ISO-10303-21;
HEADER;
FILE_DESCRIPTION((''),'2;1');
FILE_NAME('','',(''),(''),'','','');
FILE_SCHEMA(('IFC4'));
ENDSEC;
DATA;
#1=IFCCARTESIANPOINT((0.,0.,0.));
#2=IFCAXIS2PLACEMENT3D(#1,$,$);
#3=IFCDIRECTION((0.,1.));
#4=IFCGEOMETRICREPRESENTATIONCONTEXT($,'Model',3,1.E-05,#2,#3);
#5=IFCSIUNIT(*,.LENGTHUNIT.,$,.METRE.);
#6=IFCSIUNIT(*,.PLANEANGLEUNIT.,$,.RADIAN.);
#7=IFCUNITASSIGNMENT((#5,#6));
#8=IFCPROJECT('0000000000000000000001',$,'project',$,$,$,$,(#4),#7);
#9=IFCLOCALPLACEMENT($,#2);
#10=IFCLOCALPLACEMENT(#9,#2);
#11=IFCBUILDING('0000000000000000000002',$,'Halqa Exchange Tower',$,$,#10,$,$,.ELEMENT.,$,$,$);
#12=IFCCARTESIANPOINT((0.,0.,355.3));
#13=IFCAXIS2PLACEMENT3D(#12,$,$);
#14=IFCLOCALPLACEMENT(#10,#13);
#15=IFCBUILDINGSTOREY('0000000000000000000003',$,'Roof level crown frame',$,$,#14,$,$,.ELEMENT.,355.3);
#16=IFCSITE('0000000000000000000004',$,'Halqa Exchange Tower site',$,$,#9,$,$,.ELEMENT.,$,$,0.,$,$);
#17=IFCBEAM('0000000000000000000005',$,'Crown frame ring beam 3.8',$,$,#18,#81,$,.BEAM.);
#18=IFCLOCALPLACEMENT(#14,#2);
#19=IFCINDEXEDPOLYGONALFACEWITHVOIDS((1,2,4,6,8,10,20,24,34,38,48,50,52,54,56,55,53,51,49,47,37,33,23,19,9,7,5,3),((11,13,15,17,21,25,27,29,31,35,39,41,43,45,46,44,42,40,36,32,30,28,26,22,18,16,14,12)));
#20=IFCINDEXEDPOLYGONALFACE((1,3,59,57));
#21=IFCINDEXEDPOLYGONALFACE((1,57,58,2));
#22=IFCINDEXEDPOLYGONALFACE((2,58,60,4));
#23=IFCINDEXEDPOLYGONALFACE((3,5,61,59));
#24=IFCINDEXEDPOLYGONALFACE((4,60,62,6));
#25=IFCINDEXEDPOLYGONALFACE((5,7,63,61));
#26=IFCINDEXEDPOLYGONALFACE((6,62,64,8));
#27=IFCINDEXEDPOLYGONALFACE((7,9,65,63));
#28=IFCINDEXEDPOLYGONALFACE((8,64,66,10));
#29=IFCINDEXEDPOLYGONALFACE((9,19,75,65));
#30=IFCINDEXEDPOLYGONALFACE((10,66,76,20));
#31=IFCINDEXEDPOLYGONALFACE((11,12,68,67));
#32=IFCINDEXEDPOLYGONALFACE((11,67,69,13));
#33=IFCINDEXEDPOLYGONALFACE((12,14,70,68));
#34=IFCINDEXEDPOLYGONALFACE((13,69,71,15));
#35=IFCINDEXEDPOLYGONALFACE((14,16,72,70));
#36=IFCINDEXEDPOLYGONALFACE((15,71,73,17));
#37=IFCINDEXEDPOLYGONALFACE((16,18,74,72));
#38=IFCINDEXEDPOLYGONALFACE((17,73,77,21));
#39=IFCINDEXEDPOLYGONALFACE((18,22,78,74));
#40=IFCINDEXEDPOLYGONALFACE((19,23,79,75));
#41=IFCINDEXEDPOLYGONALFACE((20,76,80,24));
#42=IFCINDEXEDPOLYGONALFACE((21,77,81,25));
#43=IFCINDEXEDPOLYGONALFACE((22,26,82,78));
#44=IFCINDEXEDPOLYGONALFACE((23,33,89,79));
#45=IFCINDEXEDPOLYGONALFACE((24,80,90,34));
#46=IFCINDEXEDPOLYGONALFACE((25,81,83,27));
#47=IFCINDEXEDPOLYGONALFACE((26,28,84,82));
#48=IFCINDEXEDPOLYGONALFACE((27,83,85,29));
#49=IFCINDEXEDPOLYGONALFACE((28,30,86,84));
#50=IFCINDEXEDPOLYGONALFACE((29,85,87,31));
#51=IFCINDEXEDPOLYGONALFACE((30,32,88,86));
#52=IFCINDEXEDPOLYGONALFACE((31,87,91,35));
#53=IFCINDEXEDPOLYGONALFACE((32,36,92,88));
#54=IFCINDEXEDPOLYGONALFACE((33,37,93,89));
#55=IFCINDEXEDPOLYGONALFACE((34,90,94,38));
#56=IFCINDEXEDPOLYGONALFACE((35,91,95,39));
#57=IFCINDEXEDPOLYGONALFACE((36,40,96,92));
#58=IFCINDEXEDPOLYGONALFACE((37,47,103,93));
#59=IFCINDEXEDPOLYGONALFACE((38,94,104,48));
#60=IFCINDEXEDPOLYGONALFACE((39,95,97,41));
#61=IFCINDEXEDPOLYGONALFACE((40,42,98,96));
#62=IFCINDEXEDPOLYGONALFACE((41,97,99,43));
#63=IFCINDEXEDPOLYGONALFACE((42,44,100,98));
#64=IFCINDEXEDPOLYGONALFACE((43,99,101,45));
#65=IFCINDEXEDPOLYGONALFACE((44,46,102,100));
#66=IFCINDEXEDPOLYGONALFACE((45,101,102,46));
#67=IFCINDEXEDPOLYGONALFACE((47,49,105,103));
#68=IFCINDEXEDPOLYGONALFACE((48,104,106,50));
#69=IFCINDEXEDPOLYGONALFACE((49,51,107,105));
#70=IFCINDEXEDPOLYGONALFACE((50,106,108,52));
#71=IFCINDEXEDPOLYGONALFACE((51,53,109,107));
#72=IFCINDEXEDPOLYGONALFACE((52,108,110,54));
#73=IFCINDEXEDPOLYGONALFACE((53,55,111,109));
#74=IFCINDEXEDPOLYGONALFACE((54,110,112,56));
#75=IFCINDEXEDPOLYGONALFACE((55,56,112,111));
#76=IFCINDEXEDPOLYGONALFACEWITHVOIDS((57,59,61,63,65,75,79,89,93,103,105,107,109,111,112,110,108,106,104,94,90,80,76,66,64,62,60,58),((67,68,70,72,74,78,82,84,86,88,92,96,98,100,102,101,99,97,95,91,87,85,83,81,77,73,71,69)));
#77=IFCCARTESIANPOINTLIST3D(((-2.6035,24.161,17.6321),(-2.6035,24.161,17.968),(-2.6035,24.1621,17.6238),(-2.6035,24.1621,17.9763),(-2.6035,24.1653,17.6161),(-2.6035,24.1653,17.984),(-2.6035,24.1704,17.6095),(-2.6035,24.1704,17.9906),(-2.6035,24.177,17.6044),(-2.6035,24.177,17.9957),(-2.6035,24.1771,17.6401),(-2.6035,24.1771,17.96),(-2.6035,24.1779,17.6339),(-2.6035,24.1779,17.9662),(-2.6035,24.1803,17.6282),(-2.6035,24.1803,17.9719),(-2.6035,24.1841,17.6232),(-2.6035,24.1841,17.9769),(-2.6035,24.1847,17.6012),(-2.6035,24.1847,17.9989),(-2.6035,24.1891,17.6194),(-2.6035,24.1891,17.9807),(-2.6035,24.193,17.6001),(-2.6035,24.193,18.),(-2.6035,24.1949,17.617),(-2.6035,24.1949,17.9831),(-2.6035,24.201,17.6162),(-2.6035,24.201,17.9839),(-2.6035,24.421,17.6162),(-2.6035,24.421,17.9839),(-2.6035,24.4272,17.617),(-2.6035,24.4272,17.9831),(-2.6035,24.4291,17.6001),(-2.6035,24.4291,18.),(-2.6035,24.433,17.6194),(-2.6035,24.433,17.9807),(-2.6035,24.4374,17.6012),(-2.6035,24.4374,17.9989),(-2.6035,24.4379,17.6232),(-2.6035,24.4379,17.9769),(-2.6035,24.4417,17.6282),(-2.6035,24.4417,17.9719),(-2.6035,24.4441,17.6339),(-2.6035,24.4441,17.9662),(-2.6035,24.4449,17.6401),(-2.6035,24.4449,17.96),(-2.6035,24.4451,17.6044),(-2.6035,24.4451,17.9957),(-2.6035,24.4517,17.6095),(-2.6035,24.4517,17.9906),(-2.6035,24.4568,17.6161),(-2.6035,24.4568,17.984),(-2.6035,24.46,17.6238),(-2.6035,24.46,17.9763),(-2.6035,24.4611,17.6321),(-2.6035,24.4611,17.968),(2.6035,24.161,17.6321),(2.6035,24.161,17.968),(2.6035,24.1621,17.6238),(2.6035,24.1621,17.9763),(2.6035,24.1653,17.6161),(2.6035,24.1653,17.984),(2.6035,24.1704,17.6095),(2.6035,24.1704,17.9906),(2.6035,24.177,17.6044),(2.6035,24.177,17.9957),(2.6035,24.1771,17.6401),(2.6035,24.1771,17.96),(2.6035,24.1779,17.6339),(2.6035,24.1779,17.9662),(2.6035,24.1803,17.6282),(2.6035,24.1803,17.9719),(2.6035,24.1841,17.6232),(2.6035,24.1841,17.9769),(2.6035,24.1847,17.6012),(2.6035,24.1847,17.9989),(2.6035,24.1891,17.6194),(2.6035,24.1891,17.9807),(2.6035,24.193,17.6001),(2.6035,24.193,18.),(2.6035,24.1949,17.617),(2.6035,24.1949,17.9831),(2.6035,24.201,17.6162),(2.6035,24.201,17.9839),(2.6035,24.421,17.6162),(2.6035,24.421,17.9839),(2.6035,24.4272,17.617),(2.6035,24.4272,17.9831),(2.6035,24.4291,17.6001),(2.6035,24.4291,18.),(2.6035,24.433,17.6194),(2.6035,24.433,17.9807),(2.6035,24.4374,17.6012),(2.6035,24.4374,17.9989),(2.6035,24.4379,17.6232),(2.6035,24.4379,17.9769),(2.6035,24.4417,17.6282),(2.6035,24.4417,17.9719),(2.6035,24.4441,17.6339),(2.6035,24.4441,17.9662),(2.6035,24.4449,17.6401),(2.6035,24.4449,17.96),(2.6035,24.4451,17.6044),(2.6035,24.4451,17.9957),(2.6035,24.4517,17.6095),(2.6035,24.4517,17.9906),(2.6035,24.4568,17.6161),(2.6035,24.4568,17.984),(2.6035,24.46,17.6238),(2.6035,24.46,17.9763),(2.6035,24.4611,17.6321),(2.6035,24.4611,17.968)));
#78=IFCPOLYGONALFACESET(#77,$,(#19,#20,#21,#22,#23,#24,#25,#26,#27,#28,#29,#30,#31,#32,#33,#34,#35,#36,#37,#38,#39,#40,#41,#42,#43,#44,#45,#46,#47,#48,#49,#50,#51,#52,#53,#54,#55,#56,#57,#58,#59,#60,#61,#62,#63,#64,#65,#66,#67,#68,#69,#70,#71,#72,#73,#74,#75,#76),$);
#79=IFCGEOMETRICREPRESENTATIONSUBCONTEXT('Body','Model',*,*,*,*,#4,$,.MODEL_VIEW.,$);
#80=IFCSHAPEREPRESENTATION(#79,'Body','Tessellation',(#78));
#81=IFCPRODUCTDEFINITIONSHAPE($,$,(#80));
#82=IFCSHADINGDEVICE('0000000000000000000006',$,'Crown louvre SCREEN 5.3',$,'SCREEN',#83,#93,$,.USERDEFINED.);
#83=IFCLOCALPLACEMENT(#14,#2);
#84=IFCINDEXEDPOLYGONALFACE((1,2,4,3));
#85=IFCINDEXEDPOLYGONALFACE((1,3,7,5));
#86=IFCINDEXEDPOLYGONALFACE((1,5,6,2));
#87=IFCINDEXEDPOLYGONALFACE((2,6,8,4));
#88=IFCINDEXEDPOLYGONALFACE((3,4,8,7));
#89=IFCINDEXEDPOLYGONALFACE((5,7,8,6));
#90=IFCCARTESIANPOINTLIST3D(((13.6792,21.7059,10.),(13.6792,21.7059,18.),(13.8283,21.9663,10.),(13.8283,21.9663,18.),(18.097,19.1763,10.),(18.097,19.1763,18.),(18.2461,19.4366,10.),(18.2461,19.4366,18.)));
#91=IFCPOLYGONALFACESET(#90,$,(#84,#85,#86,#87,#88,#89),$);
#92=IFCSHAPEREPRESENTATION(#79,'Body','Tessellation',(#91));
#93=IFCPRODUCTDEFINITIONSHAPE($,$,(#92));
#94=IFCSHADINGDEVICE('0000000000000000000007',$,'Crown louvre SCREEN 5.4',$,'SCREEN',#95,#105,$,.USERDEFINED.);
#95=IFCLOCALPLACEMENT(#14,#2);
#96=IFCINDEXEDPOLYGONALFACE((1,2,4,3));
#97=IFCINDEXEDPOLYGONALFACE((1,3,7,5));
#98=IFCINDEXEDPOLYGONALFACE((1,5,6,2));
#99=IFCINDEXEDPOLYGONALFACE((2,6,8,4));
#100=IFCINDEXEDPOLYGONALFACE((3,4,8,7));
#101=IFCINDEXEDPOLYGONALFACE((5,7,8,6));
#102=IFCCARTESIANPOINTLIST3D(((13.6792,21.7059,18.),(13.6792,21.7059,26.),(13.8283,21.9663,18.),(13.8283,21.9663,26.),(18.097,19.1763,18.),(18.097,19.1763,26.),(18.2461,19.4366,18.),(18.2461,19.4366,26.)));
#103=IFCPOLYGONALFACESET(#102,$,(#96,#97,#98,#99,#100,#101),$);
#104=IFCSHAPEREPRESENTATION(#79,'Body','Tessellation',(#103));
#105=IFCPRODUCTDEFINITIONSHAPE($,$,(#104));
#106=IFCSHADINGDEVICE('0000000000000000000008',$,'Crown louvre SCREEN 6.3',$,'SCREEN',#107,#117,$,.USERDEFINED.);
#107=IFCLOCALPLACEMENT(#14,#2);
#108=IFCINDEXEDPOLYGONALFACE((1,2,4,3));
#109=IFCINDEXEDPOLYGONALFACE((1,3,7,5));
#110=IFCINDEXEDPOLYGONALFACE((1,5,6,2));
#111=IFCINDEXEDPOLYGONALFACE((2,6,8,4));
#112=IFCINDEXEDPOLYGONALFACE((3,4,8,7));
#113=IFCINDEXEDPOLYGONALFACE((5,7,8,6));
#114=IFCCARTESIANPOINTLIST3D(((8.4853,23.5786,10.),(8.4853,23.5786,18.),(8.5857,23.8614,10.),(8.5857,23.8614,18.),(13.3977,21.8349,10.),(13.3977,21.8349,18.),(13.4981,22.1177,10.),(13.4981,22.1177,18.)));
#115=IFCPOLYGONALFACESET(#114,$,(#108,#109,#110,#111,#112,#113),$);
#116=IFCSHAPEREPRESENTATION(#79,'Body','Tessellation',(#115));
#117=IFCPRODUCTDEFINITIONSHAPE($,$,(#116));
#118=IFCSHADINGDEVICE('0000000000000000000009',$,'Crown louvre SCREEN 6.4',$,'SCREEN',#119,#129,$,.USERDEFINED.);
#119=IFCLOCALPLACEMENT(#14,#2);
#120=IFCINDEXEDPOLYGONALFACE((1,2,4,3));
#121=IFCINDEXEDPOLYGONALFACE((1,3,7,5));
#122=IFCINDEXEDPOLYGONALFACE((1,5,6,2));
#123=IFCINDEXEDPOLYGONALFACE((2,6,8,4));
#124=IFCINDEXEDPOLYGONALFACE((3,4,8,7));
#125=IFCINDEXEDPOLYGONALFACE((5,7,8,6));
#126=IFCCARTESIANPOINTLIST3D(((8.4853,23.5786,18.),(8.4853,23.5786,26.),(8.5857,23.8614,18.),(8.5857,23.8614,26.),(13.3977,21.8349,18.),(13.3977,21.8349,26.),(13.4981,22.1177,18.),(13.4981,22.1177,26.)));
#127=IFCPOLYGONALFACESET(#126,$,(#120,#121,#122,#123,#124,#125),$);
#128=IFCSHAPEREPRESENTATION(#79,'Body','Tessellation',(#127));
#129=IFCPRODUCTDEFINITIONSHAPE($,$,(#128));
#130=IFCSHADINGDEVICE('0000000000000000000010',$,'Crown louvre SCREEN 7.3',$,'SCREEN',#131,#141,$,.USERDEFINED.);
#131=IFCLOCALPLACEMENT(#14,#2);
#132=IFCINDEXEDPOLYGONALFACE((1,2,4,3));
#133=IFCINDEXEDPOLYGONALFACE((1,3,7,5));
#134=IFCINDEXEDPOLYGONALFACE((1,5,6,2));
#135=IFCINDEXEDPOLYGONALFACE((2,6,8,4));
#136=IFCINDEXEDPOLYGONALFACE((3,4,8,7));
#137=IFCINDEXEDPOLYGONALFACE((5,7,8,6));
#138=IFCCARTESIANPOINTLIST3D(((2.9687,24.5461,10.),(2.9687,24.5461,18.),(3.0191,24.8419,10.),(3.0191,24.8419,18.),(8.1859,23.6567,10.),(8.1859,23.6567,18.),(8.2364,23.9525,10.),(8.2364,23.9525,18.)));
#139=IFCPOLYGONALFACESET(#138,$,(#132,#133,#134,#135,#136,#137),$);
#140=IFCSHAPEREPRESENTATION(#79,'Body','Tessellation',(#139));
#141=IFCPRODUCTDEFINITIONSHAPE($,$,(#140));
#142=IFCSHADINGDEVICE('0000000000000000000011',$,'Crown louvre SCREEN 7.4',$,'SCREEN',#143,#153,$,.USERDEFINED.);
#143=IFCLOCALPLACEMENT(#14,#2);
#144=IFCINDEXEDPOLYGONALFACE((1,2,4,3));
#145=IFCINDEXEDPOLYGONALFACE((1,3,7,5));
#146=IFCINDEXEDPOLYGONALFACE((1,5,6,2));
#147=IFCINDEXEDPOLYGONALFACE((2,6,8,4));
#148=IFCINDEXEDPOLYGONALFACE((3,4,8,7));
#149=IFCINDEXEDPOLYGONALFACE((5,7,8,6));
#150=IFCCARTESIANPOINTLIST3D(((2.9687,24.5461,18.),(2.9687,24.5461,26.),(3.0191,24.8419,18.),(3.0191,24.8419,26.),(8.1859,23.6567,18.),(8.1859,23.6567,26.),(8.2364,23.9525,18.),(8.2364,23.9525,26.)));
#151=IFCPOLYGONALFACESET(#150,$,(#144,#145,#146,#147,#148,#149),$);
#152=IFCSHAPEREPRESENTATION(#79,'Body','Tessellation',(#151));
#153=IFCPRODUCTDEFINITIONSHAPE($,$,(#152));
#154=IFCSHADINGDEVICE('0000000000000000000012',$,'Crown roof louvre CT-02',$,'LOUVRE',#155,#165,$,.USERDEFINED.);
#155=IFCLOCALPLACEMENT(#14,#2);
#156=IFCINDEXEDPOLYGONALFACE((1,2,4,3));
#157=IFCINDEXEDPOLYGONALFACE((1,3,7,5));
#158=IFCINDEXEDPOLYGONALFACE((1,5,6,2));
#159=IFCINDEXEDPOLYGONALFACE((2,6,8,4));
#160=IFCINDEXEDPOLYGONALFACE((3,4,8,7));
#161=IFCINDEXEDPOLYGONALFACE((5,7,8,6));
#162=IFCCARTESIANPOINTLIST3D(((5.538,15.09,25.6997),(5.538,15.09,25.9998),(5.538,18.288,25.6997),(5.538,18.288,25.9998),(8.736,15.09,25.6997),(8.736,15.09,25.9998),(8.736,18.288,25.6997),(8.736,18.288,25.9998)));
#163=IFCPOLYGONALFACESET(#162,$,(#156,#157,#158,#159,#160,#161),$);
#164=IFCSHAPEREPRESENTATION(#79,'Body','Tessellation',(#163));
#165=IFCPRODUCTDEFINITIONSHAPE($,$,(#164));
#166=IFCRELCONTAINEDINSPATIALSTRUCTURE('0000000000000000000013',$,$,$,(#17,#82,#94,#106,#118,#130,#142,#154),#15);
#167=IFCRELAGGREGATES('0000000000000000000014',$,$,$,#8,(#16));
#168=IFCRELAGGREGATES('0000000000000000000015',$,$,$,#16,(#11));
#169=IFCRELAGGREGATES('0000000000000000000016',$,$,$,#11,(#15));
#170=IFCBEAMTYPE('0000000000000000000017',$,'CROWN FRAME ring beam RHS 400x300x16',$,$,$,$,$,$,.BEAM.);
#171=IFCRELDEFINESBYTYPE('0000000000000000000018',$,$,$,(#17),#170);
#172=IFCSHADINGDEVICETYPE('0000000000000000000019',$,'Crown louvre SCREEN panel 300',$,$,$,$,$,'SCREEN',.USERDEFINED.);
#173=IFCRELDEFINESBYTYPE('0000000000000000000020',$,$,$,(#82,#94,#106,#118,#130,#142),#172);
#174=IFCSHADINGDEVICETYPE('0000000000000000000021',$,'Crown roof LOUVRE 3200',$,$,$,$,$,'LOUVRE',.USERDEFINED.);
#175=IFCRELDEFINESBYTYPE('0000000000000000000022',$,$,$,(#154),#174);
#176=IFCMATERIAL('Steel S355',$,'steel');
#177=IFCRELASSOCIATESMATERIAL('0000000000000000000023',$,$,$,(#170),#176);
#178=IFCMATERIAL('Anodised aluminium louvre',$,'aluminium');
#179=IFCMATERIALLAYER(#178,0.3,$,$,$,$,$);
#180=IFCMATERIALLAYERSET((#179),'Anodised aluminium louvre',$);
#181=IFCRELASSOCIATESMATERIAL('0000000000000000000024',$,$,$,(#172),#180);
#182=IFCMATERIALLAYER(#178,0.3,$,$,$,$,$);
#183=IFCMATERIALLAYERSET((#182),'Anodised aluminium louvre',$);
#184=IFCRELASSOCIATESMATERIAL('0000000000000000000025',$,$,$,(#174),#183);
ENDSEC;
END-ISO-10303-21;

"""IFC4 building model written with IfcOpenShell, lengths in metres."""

from ifc_helpers import new_model, si_unit, direction, frame, origin, origin_2d, place, context, subcontext, project, spatial, rectangle, hollow_rectangle, extrude, material, layer, layer_set, material_profile, profile_set, type_object, element, save


model = new_model("IFC4")

# Units and contexts
model_context = context("Model", 3, precision=1e-05, world=origin(), true_north=direction((0.0, 1.0)))
body_context = subcontext(model_context, "Body", "Model", "MODEL_VIEW")
ifc_project = project(units=[si_unit("LENGTHUNIT", "METRE"), si_unit("PLANEANGLEUNIT", "RADIAN")], contexts=[model_context])

# Site, building, storey
site_placement = place(None, origin())
site = spatial("IfcSite", under=ifc_project, at=site_placement, Name="Halqa Exchange Tower site", CompositionType="ELEMENT", RefElevation=0.0)
building_placement = place(site_placement, origin())
building = spatial("IfcBuilding", under=site, at=building_placement, Name="Halqa Exchange Tower", CompositionType="ELEMENT")
storey_placement = place(building_placement, frame((0.0, 0.0, 355.3)))
storey = spatial("IfcBuildingStorey", under=building, at=storey_placement, Name="Roof level crown frame", CompositionType="ELEMENT", Elevation=355.3)

# Shared definitions
ifc_material_1 = material(Name="Steel S355", Category="steel")

# Beam
ifc_material_profile_1 = material_profile(ifc_material_1, hollow_rectangle(XDim=0.3, YDim=0.3999, WallThickness=0.0161, InnerFilletRadius=0.0239, OuterFilletRadius=0.032, at=origin_2d()), Name="RHS 400x300x16")
ifc_profile_set_1 = profile_set([ifc_material_profile_1], Name="Steel S355")
beam_type_1 = type_object("IfcBeamType", Name="CROWN FRAME ring beam RHS 400x300x16", PredefinedType="BEAM", material=ifc_profile_set_1)
beam_1_placement = place(storey_placement, frame((2.6035, 24.311, 17.8), z_axis=(-1.0, 0.0, 0.0), x_axis=(0.0, -1.0, 0.0)))
element("IfcBeam", 1, at=beam_1_placement, inside=storey, type_object=beam_type_1, Name="Crown frame ring beam 3.8", PredefinedType="BEAM", context=body_context, shape_type="SweptSolid", body=[
    extrude(hollow_rectangle(XDim=0.3, YDim=0.3999, WallThickness=0.0161, InnerFilletRadius=0.0239, OuterFilletRadius=0.032, at=origin_2d()), origin(), (0.0, 0.0, 1.0), 5.207),
])

# Shading devices
ifc_material_2 = material(Name="Anodised aluminium louvre", Category="aluminium")
ifc_layer_1 = layer(ifc_material_2, 0.3)
ifc_layer_set_1 = layer_set([ifc_layer_1], Name="Anodised aluminium louvre")
shading_device_type_1 = type_object("IfcShadingDeviceType", Name="Crown louvre SCREEN panel 300", ElementType="SCREEN", PredefinedType="USERDEFINED", material=ifc_layer_set_1)
for number, where, z_axis, x_axis, name in (
    (2, (15.9626, 20.5713, 10.0), (0.0, 0.0, 1.0), (-0.867804, 0.496907, 0.0), "Crown louvre SCREEN 5.3"),
    (3, (15.9626, 20.5713, 18.0), (0.0, 0.0, 1.0), (-0.867804, 0.496907, 0.0), "Crown louvre SCREEN 5.4"),
):
    element("IfcShadingDevice", number, at=place(storey_placement, frame(where, z_axis=z_axis, x_axis=x_axis)), inside=storey, type_object=shading_device_type_1, Name=name, ObjectType="SCREEN", PredefinedType="USERDEFINED", context=body_context, shape_type="SweptSolid", body=[
        extrude(rectangle(XDim=5.0908, YDim=0.3, at=origin_2d()), origin(), (0.0, 0.0, 1.0), 8.0),
    ])
for number, where, z_axis, x_axis, name in (
    (4, (10.9917, 22.8481, 10.0), (0.0, 0.0, 1.0), (-0.942388, 0.334522, 0.0), "Crown louvre SCREEN 6.3"),
    (5, (10.9917, 22.8481, 18.0), (0.0, 0.0, 1.0), (-0.942388, 0.334522, 0.0), "Crown louvre SCREEN 6.4"),
):
    element("IfcShadingDevice", number, at=place(storey_placement, frame(where, z_axis=z_axis, x_axis=x_axis)), inside=storey, type_object=shading_device_type_1, Name=name, ObjectType="SCREEN", PredefinedType="USERDEFINED", context=body_context, shape_type="SweptSolid", body=[
        extrude(rectangle(XDim=5.2126, YDim=0.3, at=origin_2d()), origin(), (0.0, 0.0, 1.0), 8.0),
    ])
for number, where, z_axis, x_axis, name in (
    (6, (5.6025, 24.2493, 10.0), (0.0, 0.0, 1.0), (-0.985778, 0.168051, 0.0), "Crown louvre SCREEN 7.3"),
    (7, (5.6025, 24.2493, 18.0), (0.0, 0.0, 1.0), (-0.985778, 0.168051, 0.0), "Crown louvre SCREEN 7.4"),
):
    element("IfcShadingDevice", number, at=place(storey_placement, frame(where, z_axis=z_axis, x_axis=x_axis)), inside=storey, type_object=shading_device_type_1, Name=name, ObjectType="SCREEN", PredefinedType="USERDEFINED", context=body_context, shape_type="SweptSolid", body=[
        extrude(rectangle(XDim=5.2925, YDim=0.3, at=origin_2d()), origin(), (0.0, 0.0, 1.0), 8.0),
    ])
ifc_layer_2 = layer(ifc_material_2, 0.3)
ifc_layer_set_2 = layer_set([ifc_layer_2], Name="Anodised aluminium louvre")
shading_device_type_2 = type_object("IfcShadingDeviceType", Name="Crown roof LOUVRE 3200", ElementType="LOUVRE", PredefinedType="USERDEFINED", material=ifc_layer_set_2)
shading_device_placement = place(storey_placement, frame((7.137, 16.689, 25.6997), z_axis=(0.0, 0.0, 1.0), x_axis=(1.0, 0.0, 0.0)))
element("IfcShadingDevice", 8, at=shading_device_placement, inside=storey, type_object=shading_device_type_2, Name="Crown roof louvre CT-02", ObjectType="LOUVRE", PredefinedType="USERDEFINED", context=body_context, shape_type="SweptSolid", body=[
    extrude(rectangle(XDim=3.198, YDim=3.198, at=origin_2d()), origin(), (0.0, 0.0, 1.0), 0.3),
])

save(model, "model.ifc")
